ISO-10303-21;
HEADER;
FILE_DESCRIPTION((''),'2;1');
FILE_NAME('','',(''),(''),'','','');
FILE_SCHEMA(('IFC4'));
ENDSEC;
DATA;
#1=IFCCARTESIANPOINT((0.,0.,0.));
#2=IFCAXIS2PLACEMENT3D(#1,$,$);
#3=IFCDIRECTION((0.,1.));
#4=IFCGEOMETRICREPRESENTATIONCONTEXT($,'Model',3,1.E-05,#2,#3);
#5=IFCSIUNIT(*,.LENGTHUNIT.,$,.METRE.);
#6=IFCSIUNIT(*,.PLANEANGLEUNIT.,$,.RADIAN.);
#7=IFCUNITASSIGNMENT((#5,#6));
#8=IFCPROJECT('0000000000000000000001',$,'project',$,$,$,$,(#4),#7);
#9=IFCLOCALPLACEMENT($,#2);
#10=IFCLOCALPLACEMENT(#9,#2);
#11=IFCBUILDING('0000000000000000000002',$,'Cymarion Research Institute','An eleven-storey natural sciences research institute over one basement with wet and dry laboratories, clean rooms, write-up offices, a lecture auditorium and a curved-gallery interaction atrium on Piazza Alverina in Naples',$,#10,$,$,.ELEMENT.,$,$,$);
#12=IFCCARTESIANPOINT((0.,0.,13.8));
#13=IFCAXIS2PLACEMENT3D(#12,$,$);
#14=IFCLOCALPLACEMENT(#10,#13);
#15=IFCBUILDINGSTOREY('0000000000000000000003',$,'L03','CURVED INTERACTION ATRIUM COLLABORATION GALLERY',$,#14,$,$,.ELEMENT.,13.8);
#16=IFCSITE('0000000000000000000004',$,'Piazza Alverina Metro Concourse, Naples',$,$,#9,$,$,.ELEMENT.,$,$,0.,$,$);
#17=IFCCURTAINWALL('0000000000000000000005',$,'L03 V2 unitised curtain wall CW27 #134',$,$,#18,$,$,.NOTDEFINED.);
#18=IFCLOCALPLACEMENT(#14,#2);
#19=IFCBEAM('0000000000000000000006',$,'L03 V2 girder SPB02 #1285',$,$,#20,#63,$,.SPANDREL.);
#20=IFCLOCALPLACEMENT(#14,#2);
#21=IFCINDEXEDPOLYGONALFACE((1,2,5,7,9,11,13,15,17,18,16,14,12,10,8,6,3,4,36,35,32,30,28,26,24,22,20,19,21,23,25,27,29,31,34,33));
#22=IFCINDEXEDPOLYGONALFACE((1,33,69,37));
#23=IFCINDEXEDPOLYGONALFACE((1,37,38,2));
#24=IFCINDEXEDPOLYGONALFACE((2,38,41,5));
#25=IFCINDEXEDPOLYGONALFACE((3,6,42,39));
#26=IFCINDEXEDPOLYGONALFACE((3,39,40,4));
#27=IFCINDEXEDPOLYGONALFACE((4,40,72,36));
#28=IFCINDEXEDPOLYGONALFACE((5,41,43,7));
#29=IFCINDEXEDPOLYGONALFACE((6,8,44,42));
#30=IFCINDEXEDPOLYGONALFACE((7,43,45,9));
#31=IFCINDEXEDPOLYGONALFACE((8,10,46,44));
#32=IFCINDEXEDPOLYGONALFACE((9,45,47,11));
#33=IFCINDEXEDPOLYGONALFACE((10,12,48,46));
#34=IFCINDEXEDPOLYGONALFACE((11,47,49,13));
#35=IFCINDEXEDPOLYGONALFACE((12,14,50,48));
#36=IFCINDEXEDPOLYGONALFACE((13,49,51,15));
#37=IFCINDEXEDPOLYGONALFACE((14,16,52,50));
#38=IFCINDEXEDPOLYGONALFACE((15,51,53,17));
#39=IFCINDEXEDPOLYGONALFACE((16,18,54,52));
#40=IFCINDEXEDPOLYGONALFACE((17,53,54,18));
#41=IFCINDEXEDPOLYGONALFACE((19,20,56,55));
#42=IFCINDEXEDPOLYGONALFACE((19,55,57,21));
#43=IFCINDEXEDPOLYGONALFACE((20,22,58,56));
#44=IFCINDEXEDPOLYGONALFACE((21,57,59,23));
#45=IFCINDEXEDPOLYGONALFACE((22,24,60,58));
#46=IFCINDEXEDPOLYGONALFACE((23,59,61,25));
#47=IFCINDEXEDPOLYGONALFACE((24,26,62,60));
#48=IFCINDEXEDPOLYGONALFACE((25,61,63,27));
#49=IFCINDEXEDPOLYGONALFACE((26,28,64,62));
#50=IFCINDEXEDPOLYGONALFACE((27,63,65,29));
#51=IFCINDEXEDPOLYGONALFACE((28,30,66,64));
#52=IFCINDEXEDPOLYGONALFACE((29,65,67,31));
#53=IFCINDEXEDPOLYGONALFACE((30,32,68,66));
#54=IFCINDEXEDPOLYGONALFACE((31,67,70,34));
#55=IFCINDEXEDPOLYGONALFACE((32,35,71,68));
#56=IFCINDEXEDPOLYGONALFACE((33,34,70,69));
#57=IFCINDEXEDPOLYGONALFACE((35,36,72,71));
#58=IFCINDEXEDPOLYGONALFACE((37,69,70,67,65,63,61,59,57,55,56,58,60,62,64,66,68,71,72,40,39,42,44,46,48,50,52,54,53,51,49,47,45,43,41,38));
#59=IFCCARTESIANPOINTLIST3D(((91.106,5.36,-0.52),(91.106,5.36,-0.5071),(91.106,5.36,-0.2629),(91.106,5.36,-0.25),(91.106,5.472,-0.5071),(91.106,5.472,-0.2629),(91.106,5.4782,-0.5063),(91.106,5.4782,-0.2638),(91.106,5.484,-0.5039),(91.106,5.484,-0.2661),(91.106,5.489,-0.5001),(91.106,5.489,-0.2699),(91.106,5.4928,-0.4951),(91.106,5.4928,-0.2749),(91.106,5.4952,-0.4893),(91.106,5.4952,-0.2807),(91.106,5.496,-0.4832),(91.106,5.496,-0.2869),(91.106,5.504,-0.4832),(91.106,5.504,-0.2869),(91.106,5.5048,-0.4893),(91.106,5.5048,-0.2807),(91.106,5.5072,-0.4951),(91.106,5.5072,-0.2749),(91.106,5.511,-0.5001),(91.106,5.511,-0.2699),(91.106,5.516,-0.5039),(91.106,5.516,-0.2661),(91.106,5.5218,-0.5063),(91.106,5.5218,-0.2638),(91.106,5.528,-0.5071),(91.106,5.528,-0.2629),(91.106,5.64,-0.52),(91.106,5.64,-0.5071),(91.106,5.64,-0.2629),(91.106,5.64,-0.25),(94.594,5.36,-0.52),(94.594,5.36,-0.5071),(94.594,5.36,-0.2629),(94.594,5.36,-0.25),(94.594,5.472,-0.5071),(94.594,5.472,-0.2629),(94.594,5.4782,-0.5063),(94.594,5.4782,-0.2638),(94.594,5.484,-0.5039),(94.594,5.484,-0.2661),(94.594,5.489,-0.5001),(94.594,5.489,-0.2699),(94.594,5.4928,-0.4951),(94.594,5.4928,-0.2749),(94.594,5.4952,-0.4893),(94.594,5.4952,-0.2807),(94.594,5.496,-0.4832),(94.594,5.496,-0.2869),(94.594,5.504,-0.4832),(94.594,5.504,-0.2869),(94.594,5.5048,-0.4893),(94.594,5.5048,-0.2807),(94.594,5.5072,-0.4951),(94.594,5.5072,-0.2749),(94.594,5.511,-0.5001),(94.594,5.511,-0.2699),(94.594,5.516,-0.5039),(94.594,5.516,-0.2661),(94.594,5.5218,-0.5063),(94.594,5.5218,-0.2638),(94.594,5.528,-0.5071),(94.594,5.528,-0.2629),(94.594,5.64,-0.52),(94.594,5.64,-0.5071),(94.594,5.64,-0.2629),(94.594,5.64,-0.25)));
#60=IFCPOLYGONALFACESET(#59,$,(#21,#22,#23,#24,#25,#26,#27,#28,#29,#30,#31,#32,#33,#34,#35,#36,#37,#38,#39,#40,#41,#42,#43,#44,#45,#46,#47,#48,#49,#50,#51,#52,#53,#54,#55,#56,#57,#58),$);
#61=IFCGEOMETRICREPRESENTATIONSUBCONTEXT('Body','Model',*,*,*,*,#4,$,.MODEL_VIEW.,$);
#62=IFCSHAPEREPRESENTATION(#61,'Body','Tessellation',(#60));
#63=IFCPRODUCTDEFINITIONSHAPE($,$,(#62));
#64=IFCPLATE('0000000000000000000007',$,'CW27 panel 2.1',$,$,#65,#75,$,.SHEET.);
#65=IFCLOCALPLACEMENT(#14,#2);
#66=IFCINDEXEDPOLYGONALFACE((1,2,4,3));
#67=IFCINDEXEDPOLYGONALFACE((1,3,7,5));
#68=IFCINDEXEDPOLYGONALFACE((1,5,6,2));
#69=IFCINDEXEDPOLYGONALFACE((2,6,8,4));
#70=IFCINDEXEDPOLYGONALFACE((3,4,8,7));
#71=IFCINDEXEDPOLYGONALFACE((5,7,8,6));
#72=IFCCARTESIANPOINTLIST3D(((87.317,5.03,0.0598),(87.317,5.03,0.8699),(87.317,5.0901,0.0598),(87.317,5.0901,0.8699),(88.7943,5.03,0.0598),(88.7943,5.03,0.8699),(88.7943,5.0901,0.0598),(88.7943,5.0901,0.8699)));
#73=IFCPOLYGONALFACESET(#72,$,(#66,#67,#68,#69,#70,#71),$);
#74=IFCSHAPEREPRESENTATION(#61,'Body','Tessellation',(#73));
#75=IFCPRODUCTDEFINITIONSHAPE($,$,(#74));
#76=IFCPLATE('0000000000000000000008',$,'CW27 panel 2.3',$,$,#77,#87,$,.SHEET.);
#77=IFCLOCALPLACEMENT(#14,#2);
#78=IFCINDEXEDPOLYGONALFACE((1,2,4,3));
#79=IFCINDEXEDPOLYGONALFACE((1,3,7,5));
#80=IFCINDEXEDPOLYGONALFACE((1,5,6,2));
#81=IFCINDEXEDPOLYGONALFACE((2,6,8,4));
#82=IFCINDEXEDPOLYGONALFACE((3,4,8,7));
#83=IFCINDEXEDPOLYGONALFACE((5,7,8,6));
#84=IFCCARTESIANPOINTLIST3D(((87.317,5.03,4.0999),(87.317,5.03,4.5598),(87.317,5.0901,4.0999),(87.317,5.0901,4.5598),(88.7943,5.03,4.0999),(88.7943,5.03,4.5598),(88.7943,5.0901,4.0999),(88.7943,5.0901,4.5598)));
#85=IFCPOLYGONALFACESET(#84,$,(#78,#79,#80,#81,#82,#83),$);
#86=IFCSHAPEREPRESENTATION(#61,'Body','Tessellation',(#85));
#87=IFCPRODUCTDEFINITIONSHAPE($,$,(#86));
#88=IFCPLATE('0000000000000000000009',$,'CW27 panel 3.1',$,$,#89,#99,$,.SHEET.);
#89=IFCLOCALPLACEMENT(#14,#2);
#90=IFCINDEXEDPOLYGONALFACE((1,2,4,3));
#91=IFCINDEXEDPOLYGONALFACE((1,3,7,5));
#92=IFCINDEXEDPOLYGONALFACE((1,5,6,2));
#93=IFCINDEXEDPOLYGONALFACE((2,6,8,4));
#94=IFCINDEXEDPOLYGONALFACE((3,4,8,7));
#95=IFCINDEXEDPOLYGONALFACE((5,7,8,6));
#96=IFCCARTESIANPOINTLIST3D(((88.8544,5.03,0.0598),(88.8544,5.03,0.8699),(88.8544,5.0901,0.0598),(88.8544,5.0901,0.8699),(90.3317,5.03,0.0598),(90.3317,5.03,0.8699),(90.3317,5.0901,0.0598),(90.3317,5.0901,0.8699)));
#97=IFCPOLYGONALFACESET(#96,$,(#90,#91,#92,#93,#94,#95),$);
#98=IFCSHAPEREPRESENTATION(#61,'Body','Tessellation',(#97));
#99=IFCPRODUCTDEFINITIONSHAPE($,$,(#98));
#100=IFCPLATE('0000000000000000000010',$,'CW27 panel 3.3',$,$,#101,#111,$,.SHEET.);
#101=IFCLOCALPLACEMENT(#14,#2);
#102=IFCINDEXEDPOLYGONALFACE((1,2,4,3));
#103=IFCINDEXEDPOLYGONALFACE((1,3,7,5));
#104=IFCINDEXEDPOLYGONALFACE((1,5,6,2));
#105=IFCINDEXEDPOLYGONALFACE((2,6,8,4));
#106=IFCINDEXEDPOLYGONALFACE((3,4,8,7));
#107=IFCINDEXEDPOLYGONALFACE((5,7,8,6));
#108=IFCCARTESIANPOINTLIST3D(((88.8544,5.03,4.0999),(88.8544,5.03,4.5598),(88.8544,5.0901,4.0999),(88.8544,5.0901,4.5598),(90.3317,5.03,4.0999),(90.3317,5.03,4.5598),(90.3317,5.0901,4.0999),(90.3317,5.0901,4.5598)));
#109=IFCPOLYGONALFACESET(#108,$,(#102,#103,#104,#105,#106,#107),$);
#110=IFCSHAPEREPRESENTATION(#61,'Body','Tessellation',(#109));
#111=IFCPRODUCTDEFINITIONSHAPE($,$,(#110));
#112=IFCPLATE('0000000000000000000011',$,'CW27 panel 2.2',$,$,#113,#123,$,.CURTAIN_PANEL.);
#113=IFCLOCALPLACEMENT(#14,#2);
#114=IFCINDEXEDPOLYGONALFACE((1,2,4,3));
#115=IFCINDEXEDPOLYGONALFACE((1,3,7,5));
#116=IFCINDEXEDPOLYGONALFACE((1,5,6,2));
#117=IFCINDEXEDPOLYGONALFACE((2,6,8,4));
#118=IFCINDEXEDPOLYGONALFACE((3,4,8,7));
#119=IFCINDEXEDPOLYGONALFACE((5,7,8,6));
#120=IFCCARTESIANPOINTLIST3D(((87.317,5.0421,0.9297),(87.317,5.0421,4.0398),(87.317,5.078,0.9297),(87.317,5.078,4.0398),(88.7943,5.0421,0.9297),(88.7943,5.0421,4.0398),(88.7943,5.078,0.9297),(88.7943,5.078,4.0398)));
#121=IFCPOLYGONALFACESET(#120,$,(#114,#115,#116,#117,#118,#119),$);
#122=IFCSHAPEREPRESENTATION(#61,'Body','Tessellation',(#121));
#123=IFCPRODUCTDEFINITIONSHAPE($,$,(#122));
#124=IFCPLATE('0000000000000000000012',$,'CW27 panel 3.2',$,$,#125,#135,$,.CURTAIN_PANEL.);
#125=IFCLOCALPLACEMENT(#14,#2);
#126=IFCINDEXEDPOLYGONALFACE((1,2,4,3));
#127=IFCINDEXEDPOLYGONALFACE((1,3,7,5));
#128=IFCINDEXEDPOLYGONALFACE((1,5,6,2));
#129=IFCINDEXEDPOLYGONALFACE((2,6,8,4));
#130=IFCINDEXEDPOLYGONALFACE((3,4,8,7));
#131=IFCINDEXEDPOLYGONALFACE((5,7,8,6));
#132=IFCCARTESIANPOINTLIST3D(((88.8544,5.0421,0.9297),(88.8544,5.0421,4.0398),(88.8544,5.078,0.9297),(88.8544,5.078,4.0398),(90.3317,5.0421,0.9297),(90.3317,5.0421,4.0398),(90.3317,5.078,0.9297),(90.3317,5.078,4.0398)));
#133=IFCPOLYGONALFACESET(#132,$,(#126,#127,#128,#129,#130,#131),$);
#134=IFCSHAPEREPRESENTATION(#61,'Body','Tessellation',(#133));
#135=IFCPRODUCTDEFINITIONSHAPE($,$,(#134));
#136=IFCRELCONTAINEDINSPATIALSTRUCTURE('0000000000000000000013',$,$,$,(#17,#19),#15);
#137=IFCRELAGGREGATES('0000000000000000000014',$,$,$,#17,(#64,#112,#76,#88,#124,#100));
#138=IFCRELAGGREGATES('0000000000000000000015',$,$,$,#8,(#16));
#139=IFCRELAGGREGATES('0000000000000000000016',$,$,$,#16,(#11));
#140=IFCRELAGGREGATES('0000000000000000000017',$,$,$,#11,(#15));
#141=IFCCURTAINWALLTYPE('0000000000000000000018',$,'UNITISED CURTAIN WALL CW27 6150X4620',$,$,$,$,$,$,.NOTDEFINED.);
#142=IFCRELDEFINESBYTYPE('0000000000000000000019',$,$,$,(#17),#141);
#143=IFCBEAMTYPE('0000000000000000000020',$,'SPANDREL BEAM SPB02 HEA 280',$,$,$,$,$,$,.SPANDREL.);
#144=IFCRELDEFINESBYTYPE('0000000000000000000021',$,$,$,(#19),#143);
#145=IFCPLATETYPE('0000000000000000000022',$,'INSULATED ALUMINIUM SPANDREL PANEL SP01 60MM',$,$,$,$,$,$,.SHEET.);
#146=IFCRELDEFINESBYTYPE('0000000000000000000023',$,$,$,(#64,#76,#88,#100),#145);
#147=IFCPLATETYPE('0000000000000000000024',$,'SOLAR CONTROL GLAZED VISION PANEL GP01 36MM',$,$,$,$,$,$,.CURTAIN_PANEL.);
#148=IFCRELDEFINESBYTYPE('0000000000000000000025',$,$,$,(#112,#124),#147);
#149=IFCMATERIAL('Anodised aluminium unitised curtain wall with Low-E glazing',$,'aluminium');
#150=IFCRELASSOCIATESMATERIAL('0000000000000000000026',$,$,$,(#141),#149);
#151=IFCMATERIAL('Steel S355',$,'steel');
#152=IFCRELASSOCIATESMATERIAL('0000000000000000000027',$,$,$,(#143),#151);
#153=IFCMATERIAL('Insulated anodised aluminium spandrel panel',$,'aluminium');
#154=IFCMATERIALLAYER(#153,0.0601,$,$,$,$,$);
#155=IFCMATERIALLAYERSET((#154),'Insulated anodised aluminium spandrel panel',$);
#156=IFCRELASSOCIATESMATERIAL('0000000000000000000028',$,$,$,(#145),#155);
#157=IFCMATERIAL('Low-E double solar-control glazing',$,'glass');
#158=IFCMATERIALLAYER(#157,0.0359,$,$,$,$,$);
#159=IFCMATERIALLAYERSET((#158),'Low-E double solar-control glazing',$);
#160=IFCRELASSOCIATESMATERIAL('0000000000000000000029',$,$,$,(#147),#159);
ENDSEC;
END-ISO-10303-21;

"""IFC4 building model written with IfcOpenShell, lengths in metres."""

from ifc_helpers import new_model, si_unit, direction, frame, origin, origin_2d, place, context, subcontext, project, spatial, rectangle, i_section, extrude, material, layer, layer_set, material_profile, profile_set, type_object, element, aggregate, save


model = new_model("IFC4")

# Units and contexts
model_context = context("Model", 3, precision=1e-05, world=origin(), true_north=direction((0.0, 1.0)))
body_context = subcontext(model_context, "Body", "Model", "MODEL_VIEW")
ifc_project = project(units=[si_unit("LENGTHUNIT", "METRE"), si_unit("PLANEANGLEUNIT", "RADIAN")], contexts=[model_context])

# Site, building, storey
site_placement = place(None, origin())
site = spatial("IfcSite", under=ifc_project, at=site_placement, Name="Piazza Alverina Metro Concourse, Naples", CompositionType="ELEMENT", RefElevation=0.0)
building_placement = place(site_placement, origin())
building = spatial("IfcBuilding", under=site, at=building_placement, Name="Cymarion Research Institute", Description="An eleven-storey natural sciences research institute over one basement with wet and dry laboratories, clean rooms, write-up offices, a lecture auditorium and a curved-gallery interaction atrium on Piazza Alverina in Naples", CompositionType="ELEMENT")
storey_placement = place(building_placement, frame((0.0, 0.0, 13.8)))
storey = spatial("IfcBuildingStorey", under=building, at=storey_placement, Name="L03", Description="CURVED INTERACTION ATRIUM COLLABORATION GALLERY", CompositionType="ELEMENT", Elevation=13.8)

# Shared definitions
ifc_material_1 = material(Name="Steel S355", Category="steel")

# Curtain wall
ifc_material_2 = material(Name="Anodised aluminium unitised curtain wall with Low-E glazing", Category="aluminium")
curtain_wall_type = type_object("IfcCurtainWallType", Name="UNITISED CURTAIN WALL CW27 6150X4620", PredefinedType="NOTDEFINED", material=ifc_material_2)
curtain_wall_placement = place(storey_placement, origin())
curtain_wall = element("IfcCurtainWall", 1, at=curtain_wall_placement, inside=storey, type_object=curtain_wall_type, Name="L03 V2 unitised curtain wall CW27 #134", PredefinedType="NOTDEFINED")

# Beam
ifc_material_profile_1 = material_profile(ifc_material_1, i_section(OverallWidth=0.28, OverallDepth=0.27, WebThickness=0.0081, FlangeThickness=0.0129, FilletRadius=0.0239, at=origin_2d()), Name="HEA 280")
ifc_profile_set_1 = profile_set([ifc_material_profile_1], Name="Steel S355")
beam_type_1 = type_object("IfcBeamType", Name="SPANDREL BEAM SPB02 HEA 280", PredefinedType="SPANDREL", material=ifc_profile_set_1)
beam_1_placement = place(storey_placement, frame((91.106, 5.5, -0.385), z_axis=(1.0, 0.0, 0.0), x_axis=(0.0, 1.0, 0.0)))
element("IfcBeam", 2, at=beam_1_placement, inside=storey, type_object=beam_type_1, Name="L03 V2 girder SPB02 #1285", PredefinedType="SPANDREL", context=body_context, shape_type="SweptSolid", body=[
    extrude(i_section(OverallWidth=0.28, OverallDepth=0.27, WebThickness=0.0081, FlangeThickness=0.0129, FilletRadius=0.0239, at=origin_2d()), origin(), (0.0, 0.0, 1.0), 3.488),
])

# Plates
ifc_material_3 = material(Name="Insulated anodised aluminium spandrel panel", Category="aluminium")
ifc_layer_1 = layer(ifc_material_3, 0.0601)
ifc_layer_set_1 = layer_set([ifc_layer_1], Name="Insulated anodised aluminium spandrel panel")
plate_type_1 = type_object("IfcPlateType", Name="INSULATED ALUMINIUM SPANDREL PANEL SP01 60MM", PredefinedType="SHEET", material=ifc_layer_set_1)
plate_1_placement = place(storey_placement, frame((88.0557, 5.0601, 0.0598), z_axis=(0.0, 0.0, 1.0), x_axis=(1.0, 0.0, 0.0)))
plate_1 = element("IfcPlate", 3, at=plate_1_placement, type_object=plate_type_1, Name="CW27 panel 2.1", PredefinedType="SHEET", context=body_context, shape_type="SweptSolid", body=[
    extrude(rectangle(XDim=1.4773, YDim=0.0601, at=origin_2d()), origin(), (0.0, 0.0, 1.0), 0.8101),
])
plate_2_placement = place(storey_placement, frame((88.0557, 5.0601, 4.0999), z_axis=(0.0, 0.0, 1.0), x_axis=(1.0, 0.0, 0.0)))
plate_2 = element("IfcPlate", 4, at=plate_2_placement, type_object=plate_type_1, Name="CW27 panel 2.3", PredefinedType="SHEET", context=body_context, shape_type="SweptSolid", body=[
    extrude(rectangle(XDim=1.4773, YDim=0.0601, at=origin_2d()), origin(), (0.0, 0.0, 1.0), 0.46),
])
plate_3_placement = place(storey_placement, frame((89.593, 5.0601, 0.0598), z_axis=(0.0, 0.0, 1.0), x_axis=(1.0, 0.0, 0.0)))
plate_3 = element("IfcPlate", 5, at=plate_3_placement, type_object=plate_type_1, Name="CW27 panel 3.1", PredefinedType="SHEET", context=body_context, shape_type="SweptSolid", body=[
    extrude(rectangle(XDim=1.4773, YDim=0.0601, at=origin_2d()), origin(), (0.0, 0.0, 1.0), 0.8101),
])
plate_4_placement = place(storey_placement, frame((89.593, 5.0601, 4.0999), z_axis=(0.0, 0.0, 1.0), x_axis=(1.0, 0.0, 0.0)))
plate_4 = element("IfcPlate", 6, at=plate_4_placement, type_object=plate_type_1, Name="CW27 panel 3.3", PredefinedType="SHEET", context=body_context, shape_type="SweptSolid", body=[
    extrude(rectangle(XDim=1.4773, YDim=0.0601, at=origin_2d()), origin(), (0.0, 0.0, 1.0), 0.46),
])
ifc_material_4 = material(Name="Low-E double solar-control glazing", Category="glass")
ifc_layer_2 = layer(ifc_material_4, 0.0359)
ifc_layer_set_2 = layer_set([ifc_layer_2], Name="Low-E double solar-control glazing")
plate_type_2 = type_object("IfcPlateType", Name="SOLAR CONTROL GLAZED VISION PANEL GP01 36MM", PredefinedType="CURTAIN_PANEL", material=ifc_layer_set_2)
plate_5_placement = place(storey_placement, frame((88.0557, 5.0601, 0.9297), z_axis=(0.0, 0.0, 1.0), x_axis=(1.0, 0.0, 0.0)))
plate_5 = element("IfcPlate", 7, at=plate_5_placement, type_object=plate_type_2, Name="CW27 panel 2.2", PredefinedType="CURTAIN_PANEL", context=body_context, shape_type="SweptSolid", body=[
    extrude(rectangle(XDim=1.4773, YDim=0.0359, at=origin_2d()), origin(), (0.0, 0.0, 1.0), 3.1101),
])
plate_6_placement = place(storey_placement, frame((89.593, 5.0601, 0.9297), z_axis=(0.0, 0.0, 1.0), x_axis=(1.0, 0.0, 0.0)))
plate_6 = element("IfcPlate", 8, at=plate_6_placement, type_object=plate_type_2, Name="CW27 panel 3.2", PredefinedType="CURTAIN_PANEL", context=body_context, shape_type="SweptSolid", body=[
    extrude(rectangle(XDim=1.4773, YDim=0.0359, at=origin_2d()), origin(), (0.0, 0.0, 1.0), 3.1101),
])
aggregate(curtain_wall, [plate_1, plate_5, plate_2, plate_3, plate_6, plate_4])

save(model, "model.ifc")
